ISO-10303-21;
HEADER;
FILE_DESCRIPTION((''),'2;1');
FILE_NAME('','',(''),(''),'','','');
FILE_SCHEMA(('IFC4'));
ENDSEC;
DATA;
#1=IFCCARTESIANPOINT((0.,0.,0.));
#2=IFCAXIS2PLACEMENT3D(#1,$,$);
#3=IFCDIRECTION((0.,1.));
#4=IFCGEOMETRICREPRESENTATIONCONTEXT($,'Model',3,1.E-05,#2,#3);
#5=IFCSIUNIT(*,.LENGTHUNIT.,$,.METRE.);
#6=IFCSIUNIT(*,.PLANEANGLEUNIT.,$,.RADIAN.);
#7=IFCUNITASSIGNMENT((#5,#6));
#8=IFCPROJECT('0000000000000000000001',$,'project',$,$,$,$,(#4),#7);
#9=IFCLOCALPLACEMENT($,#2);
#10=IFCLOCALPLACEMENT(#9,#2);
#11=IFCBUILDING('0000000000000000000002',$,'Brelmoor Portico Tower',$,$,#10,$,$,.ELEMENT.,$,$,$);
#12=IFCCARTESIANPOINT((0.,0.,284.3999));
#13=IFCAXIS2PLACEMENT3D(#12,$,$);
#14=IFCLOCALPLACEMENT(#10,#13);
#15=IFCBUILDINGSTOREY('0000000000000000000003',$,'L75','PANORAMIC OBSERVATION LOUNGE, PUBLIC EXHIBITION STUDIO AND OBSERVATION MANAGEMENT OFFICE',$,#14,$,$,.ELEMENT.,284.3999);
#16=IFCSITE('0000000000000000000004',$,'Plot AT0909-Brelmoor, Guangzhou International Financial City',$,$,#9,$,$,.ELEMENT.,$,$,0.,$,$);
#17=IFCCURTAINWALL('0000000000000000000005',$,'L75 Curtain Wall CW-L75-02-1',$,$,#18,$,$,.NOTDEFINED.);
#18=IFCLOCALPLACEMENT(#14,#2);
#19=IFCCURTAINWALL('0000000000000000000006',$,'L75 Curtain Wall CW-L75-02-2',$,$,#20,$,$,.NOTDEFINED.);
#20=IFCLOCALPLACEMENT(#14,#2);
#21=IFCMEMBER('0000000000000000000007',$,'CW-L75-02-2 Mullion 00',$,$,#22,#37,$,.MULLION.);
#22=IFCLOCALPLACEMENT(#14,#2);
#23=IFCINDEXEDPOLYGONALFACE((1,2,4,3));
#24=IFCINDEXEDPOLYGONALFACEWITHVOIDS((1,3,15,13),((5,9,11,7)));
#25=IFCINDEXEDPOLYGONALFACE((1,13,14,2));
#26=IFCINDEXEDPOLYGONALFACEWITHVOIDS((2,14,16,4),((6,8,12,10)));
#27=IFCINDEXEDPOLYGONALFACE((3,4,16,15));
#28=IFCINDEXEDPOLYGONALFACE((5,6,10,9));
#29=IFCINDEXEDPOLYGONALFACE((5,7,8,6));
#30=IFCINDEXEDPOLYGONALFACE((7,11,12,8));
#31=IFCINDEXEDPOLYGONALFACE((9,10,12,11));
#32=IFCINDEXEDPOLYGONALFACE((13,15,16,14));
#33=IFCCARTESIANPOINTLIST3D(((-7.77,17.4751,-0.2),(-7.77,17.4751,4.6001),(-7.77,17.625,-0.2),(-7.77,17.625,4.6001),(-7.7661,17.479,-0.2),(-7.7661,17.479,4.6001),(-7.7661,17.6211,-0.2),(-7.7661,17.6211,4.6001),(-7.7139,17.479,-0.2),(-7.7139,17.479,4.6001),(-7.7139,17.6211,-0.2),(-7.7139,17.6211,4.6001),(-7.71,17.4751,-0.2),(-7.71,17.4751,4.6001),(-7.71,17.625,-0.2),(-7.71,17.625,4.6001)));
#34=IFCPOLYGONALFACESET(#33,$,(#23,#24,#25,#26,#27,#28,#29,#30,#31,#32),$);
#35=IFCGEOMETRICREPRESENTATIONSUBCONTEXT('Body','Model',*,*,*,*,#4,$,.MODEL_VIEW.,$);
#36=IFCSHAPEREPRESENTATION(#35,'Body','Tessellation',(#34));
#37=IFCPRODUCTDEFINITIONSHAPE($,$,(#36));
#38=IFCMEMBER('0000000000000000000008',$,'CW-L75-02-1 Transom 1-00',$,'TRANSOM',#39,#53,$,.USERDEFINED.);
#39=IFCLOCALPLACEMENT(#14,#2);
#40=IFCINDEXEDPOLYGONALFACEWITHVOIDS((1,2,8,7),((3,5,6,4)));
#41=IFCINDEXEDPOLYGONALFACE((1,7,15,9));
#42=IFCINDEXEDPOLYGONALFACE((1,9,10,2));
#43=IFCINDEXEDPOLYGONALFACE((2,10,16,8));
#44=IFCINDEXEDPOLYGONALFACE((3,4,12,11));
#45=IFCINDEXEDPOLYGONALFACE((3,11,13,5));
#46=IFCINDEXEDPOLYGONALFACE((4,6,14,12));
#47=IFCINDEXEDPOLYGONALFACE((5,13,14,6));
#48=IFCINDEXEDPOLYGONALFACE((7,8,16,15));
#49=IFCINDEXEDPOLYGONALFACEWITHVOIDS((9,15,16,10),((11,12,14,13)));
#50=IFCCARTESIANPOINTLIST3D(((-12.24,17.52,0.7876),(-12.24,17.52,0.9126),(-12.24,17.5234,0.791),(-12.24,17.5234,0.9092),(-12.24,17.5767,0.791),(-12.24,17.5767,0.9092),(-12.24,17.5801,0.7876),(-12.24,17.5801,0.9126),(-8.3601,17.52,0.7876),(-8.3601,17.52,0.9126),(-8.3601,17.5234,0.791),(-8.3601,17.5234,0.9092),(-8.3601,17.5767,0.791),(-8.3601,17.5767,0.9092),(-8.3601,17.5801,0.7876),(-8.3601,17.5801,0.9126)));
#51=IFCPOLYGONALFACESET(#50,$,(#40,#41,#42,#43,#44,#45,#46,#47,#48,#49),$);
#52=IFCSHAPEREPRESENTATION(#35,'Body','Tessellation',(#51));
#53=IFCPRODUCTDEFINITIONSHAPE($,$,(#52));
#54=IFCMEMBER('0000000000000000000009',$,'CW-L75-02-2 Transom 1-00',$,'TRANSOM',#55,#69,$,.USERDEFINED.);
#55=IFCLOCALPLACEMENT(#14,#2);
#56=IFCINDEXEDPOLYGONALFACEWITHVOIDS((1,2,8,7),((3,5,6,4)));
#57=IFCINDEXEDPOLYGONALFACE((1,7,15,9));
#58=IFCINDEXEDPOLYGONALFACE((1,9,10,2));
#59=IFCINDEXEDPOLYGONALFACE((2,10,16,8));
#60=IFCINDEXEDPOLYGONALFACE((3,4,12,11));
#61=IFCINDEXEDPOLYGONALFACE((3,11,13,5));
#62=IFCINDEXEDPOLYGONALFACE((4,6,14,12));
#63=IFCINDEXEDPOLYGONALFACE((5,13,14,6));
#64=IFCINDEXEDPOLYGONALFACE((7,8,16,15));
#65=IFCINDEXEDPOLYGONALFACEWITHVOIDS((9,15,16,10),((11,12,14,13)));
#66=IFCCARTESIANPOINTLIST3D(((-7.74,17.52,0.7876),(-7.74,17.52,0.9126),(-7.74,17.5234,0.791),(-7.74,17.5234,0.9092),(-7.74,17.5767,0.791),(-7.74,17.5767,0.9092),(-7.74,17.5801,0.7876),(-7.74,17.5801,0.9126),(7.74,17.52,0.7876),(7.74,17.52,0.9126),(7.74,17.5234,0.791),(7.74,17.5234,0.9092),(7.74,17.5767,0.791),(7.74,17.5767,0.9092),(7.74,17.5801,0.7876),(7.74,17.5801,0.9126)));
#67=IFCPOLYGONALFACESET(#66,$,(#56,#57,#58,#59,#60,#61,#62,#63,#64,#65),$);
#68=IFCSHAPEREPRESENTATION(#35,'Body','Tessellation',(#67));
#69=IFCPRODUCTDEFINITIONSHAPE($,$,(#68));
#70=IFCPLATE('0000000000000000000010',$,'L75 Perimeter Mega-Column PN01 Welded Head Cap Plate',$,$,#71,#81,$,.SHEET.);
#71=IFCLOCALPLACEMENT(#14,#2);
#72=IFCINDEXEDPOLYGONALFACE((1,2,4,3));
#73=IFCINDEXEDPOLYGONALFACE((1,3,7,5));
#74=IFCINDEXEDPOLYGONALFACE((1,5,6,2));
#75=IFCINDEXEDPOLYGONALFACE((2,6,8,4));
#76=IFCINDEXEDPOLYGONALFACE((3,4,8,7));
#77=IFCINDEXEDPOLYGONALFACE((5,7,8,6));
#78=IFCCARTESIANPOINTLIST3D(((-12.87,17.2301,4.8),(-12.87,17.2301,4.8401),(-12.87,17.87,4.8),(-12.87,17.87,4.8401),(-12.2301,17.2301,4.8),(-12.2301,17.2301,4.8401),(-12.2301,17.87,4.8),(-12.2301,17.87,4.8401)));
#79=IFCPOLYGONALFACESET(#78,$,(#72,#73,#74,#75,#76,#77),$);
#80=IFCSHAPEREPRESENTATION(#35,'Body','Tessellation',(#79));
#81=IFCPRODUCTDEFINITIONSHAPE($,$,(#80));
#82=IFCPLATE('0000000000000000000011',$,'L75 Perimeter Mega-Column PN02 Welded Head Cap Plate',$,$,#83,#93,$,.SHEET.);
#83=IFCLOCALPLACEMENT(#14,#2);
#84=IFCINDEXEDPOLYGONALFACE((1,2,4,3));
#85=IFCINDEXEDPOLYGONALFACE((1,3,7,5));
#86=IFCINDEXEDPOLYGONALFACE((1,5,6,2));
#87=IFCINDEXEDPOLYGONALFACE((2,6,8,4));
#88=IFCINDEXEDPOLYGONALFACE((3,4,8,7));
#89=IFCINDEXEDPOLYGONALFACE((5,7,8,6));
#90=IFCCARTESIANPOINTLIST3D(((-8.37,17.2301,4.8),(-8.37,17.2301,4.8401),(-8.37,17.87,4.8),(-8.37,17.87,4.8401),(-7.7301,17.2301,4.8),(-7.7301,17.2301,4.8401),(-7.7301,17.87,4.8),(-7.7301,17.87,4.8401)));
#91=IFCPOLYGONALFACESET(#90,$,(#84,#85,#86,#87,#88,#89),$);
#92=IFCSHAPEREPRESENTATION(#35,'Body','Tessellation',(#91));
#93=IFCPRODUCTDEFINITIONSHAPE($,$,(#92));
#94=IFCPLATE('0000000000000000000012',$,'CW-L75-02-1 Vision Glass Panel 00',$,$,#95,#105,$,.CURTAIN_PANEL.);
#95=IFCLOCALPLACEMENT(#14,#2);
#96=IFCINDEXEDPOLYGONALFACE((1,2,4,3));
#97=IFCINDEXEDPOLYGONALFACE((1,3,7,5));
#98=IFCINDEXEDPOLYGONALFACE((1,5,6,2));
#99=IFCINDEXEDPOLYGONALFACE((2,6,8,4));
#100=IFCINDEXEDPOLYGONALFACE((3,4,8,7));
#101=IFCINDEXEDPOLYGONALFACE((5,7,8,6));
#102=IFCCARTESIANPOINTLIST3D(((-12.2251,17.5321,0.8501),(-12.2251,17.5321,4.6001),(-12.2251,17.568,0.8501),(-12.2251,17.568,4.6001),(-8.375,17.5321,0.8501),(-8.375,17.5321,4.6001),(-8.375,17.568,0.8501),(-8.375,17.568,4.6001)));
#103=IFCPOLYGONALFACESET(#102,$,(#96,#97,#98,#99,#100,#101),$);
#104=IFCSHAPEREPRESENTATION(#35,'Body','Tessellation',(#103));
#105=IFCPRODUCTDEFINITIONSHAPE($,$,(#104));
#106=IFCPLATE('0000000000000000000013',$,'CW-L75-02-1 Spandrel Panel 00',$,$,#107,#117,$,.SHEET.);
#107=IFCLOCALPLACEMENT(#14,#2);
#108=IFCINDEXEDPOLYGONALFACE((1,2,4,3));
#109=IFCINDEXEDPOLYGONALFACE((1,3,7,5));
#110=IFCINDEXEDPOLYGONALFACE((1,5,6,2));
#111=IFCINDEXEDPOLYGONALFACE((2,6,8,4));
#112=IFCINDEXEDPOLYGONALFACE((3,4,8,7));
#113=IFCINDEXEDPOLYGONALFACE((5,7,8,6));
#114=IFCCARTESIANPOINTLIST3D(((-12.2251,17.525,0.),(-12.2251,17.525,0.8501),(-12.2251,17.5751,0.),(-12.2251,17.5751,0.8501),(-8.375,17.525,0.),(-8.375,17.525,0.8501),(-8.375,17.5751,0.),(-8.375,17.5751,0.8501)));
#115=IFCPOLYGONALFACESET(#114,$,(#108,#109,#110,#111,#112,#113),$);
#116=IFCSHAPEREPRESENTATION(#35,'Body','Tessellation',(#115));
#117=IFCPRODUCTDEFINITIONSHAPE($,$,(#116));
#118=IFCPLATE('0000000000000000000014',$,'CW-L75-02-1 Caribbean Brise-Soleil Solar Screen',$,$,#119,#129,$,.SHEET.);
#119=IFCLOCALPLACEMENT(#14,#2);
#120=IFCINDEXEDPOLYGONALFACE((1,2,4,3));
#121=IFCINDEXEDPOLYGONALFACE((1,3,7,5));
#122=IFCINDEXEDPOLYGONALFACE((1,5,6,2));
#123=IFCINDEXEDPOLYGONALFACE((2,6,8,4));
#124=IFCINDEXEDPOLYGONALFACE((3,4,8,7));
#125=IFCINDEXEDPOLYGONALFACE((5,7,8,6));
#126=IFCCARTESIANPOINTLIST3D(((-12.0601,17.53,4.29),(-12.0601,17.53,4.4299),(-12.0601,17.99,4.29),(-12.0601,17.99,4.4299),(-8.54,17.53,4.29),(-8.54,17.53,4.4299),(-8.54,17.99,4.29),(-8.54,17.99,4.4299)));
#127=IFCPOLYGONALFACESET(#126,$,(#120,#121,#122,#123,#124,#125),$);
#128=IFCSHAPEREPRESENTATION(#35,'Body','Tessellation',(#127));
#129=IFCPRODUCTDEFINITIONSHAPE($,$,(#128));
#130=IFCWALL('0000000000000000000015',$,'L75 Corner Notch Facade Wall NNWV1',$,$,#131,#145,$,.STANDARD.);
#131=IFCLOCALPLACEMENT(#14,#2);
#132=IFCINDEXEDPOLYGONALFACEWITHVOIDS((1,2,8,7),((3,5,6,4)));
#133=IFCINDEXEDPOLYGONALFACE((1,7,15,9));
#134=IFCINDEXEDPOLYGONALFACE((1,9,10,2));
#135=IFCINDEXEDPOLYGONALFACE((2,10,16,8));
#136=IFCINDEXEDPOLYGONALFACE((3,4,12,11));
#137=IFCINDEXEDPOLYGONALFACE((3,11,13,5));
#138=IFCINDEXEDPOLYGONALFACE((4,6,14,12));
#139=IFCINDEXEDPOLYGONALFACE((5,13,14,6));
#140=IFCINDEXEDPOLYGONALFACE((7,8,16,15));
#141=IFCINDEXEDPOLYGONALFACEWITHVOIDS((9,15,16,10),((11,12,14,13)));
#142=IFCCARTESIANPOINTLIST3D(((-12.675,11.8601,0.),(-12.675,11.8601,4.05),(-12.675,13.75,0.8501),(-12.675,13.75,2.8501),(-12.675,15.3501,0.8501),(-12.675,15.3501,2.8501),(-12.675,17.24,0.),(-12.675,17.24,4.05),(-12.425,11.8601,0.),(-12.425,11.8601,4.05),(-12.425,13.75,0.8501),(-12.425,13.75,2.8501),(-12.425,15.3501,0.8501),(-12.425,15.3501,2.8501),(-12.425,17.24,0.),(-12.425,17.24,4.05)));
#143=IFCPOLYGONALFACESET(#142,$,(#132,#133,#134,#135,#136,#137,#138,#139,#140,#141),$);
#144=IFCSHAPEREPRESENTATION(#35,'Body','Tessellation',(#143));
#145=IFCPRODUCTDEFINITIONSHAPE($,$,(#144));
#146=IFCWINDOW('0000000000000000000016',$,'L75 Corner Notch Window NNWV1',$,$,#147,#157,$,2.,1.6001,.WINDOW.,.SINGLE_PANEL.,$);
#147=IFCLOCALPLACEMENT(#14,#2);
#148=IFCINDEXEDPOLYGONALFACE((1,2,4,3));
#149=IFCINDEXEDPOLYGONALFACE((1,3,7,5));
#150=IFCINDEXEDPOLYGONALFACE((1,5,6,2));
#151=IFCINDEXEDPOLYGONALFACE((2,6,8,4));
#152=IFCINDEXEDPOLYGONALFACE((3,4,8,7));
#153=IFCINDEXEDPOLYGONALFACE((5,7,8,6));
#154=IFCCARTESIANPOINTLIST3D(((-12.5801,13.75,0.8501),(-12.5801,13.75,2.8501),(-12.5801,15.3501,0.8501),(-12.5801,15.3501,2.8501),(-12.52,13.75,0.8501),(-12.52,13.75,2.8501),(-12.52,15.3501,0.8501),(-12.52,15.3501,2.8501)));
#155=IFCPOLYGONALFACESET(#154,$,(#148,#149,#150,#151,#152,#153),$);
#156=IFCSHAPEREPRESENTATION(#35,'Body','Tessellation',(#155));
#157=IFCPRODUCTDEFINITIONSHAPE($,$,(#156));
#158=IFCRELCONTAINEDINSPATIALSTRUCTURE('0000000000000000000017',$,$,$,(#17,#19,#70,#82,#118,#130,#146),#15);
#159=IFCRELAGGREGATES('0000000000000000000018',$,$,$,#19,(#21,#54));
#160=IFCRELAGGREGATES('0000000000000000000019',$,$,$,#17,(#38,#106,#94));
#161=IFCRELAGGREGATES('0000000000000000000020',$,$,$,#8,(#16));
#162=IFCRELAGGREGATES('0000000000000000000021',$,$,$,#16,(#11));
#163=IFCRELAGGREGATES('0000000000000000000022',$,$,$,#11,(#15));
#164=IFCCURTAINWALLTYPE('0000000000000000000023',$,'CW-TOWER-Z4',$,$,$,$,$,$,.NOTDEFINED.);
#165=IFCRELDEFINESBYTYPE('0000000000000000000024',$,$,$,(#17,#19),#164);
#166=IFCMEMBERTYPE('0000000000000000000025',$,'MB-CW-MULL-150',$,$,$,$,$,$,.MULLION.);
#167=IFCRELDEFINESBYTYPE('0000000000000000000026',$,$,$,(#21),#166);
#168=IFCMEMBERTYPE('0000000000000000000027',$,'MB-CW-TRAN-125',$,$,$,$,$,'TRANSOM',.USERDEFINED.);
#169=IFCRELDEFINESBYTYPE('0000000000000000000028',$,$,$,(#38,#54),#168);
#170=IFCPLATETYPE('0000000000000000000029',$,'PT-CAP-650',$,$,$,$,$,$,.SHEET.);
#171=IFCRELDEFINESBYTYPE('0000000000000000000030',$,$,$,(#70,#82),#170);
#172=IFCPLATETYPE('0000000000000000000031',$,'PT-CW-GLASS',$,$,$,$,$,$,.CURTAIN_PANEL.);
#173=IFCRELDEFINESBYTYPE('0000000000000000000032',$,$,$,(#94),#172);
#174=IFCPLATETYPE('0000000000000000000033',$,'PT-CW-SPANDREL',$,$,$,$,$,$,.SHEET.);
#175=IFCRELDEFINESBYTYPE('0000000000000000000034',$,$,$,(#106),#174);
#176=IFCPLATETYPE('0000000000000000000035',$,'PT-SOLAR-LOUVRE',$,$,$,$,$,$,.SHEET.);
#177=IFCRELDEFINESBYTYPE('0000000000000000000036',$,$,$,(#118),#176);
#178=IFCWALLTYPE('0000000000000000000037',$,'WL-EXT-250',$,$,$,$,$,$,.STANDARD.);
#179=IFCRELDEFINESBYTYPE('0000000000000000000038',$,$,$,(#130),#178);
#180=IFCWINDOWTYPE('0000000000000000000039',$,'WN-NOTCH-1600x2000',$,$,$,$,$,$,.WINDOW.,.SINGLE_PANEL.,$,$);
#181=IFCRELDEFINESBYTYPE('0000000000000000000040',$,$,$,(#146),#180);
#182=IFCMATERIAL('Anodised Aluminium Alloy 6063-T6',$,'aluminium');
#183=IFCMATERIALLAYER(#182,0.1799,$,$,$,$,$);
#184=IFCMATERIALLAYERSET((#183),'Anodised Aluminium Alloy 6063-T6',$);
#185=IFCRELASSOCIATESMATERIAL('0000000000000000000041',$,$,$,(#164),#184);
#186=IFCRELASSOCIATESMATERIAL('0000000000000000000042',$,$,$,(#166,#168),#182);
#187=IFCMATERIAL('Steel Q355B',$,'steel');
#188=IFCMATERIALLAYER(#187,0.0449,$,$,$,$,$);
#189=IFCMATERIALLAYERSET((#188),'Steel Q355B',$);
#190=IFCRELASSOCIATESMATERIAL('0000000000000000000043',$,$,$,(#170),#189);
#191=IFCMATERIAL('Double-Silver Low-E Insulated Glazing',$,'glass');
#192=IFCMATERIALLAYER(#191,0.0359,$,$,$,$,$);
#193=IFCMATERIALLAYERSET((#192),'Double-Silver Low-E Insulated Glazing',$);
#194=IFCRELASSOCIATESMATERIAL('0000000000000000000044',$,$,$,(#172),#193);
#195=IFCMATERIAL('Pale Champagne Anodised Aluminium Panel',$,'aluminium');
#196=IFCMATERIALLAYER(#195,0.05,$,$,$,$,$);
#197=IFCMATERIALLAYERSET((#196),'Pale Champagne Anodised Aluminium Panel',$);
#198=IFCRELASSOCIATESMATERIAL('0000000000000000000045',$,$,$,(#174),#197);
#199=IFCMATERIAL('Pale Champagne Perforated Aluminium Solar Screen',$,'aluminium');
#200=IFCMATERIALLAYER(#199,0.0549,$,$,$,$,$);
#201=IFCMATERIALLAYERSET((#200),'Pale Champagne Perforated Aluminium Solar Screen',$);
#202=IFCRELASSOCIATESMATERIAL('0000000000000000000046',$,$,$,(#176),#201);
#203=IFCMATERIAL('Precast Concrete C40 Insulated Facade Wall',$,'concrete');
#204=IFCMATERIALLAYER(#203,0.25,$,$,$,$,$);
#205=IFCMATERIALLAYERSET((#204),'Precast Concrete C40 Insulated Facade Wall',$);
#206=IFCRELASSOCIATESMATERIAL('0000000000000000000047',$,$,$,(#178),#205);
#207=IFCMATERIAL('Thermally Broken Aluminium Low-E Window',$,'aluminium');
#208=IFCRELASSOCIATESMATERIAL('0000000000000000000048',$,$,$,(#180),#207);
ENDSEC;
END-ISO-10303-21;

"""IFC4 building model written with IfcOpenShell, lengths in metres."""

from ifc_helpers import new_model, si_unit, direction, frame, frame_2d, origin, origin_2d, place, context, subcontext, project, spatial, rectangle, hollow_rectangle, extrude, material, layer, layer_set, material_profile, profile_set, type_object, element, fill, aggregate, save


model = new_model("IFC4")

# Units and contexts
model_context = context("Model", 3, precision=1e-05, world=origin(), true_north=direction((0.0, 1.0)))
body_context = subcontext(model_context, "Body", "Model", "MODEL_VIEW")
ifc_project = project(units=[si_unit("LENGTHUNIT", "METRE"), si_unit("PLANEANGLEUNIT", "RADIAN")], contexts=[model_context])

# Site, building, storey
site_placement = place(None, origin())
site = spatial("IfcSite", under=ifc_project, at=site_placement, Name="Plot AT0909-Brelmoor, Guangzhou International Financial City", CompositionType="ELEMENT", RefElevation=0.0)
building_placement = place(site_placement, origin())
building = spatial("IfcBuilding", under=site, at=building_placement, Name="Brelmoor Portico Tower", CompositionType="ELEMENT")
storey_placement = place(building_placement, frame((0.0, 0.0, 284.3999)))
storey = spatial("IfcBuildingStorey", under=building, at=storey_placement, Name="L75", Description="PANORAMIC OBSERVATION LOUNGE, PUBLIC EXHIBITION STUDIO AND OBSERVATION MANAGEMENT OFFICE", CompositionType="ELEMENT", Elevation=284.3999)

# Shared definitions
ifc_material_1 = material(Name="Steel Q355B", Category="steel")

# Curtain wall
ifc_material_2 = material(Name="Anodised Aluminium Alloy 6063-T6", Category="aluminium")
ifc_layer_1 = layer(ifc_material_2, 0.1799)
ifc_layer_set_1 = layer_set([ifc_layer_1], Name="Anodised Aluminium Alloy 6063-T6")
curtain_wall_type = type_object("IfcCurtainWallType", Name="CW-TOWER-Z4", PredefinedType="NOTDEFINED", material=ifc_layer_set_1)
curtain_wall_1_placement = place(storey_placement, origin())
curtain_wall_1 = element("IfcCurtainWall", 1, at=curtain_wall_1_placement, inside=storey, type_object=curtain_wall_type, Name="L75 Curtain Wall CW-L75-02-1", PredefinedType="NOTDEFINED")
ifc_material_profile_1 = material_profile(ifc_material_2, hollow_rectangle(XDim=0.0601, YDim=0.1499, WallThickness=0.0039, at=origin_2d()), Name="ALU MULLION 60x150")
ifc_profile_set_1 = profile_set([ifc_material_profile_1], Name="Anodised Aluminium Alloy 6063-T6")
member_type_1 = type_object("IfcMemberType", Name="MB-CW-MULL-150", PredefinedType="MULLION", material=ifc_profile_set_1)

# Curtain wall, member
curtain_wall_2_placement = place(storey_placement, origin())
curtain_wall_2 = element("IfcCurtainWall", 2, at=curtain_wall_2_placement, inside=storey, type_object=curtain_wall_type, Name="L75 Curtain Wall CW-L75-02-2", PredefinedType="NOTDEFINED")
member_1_placement = place(storey_placement, frame((-7.74, 17.55, -0.2), z_axis=(0.0, 0.0, 1.0), x_axis=(1.0, 0.0, 0.0)))
member_1 = element("IfcMember", 3, at=member_1_placement, type_object=member_type_1, Name="CW-L75-02-2 Mullion 00", PredefinedType="MULLION", context=body_context, shape_type="SweptSolid", body=[
    extrude(hollow_rectangle(XDim=0.0601, YDim=0.1499, WallThickness=0.0039, at=origin_2d()), origin(), (0.0, 0.0, 1.0), 4.8),
])

# Members
ifc_material_profile_2 = material_profile(ifc_material_2, hollow_rectangle(XDim=0.0601, YDim=0.125, WallThickness=0.0034, at=origin_2d()), Name="ALU TRANSOM 60x125")
ifc_profile_set_2 = profile_set([ifc_material_profile_2], Name="Anodised Aluminium Alloy 6063-T6")
member_type_2 = type_object("IfcMemberType", Name="MB-CW-TRAN-125", ElementType="TRANSOM", PredefinedType="USERDEFINED", material=ifc_profile_set_2)
member_2_placement = place(storey_placement, frame((-12.24, 17.55, 0.8501), z_axis=(1.0, 0.0, 0.0), x_axis=(0.0, 1.0, 0.0)))
member_2 = element("IfcMember", 4, at=member_2_placement, type_object=member_type_2, Name="CW-L75-02-1 Transom 1-00", ObjectType="TRANSOM", PredefinedType="USERDEFINED", context=body_context, shape_type="SweptSolid", body=[
    extrude(hollow_rectangle(XDim=0.0601, YDim=0.125, WallThickness=0.0034, at=origin_2d()), origin(), (0.0, 0.0, 1.0), 3.8799),
])
member_3_placement = place(storey_placement, frame((-7.74, 17.55, 0.8501), z_axis=(1.0, 0.0, 0.0), x_axis=(0.0, 1.0, 0.0)))
member_3 = element("IfcMember", 5, at=member_3_placement, type_object=member_type_2, Name="CW-L75-02-2 Transom 1-00", ObjectType="TRANSOM", PredefinedType="USERDEFINED", context=body_context, shape_type="SweptSolid", body=[
    extrude(hollow_rectangle(XDim=0.0601, YDim=0.125, WallThickness=0.0034, at=origin_2d()), origin(), (0.0, 0.0, 1.0), 15.48),
])
aggregate(curtain_wall_2, [member_1, member_3])

# Plates
ifc_layer_2 = layer(ifc_material_1, 0.0449)
ifc_layer_set_2 = layer_set([ifc_layer_2], Name="Steel Q355B")
plate_type_1 = type_object("IfcPlateType", Name="PT-CAP-650", PredefinedType="SHEET", material=ifc_layer_set_2)
for number, where, z_axis, x_axis, name in (
    (6, (-12.55, 17.55, 4.8), (0.0, 0.0, 1.0), (1.0, 0.0, 0.0), "L75 Perimeter Mega-Column PN01 Welded Head Cap Plate"),
    (7, (-8.05, 17.55, 4.8), (0.0, 0.0, 1.0), (1.0, 0.0, 0.0), "L75 Perimeter Mega-Column PN02 Welded Head Cap Plate"),
):
    element("IfcPlate", number, at=place(storey_placement, frame(where, z_axis=z_axis, x_axis=x_axis)), inside=storey, type_object=plate_type_1, Name=name, PredefinedType="SHEET", context=body_context, shape_type="SweptSolid", body=[
        extrude(rectangle(XDim=0.6399, YDim=0.6399, at=origin_2d()), origin(), (0.0, 0.0, 1.0), 0.04),
    ])

# Plates
ifc_material_3 = material(Name="Double-Silver Low-E Insulated Glazing", Category="glass")
ifc_layer_3 = layer(ifc_material_3, 0.0359)
ifc_layer_set_3 = layer_set([ifc_layer_3], Name="Double-Silver Low-E Insulated Glazing")
plate_type_2 = type_object("IfcPlateType", Name="PT-CW-GLASS", PredefinedType="CURTAIN_PANEL", material=ifc_layer_set_3)
plate_1_placement = place(storey_placement, frame((-10.3, 17.55, 0.8501), z_axis=(0.0, 0.0, 1.0), x_axis=(1.0, 0.0, 0.0)))
plate_1 = element("IfcPlate", 8, at=plate_1_placement, type_object=plate_type_2, Name="CW-L75-02-1 Vision Glass Panel 00", PredefinedType="CURTAIN_PANEL", context=body_context, shape_type="SweptSolid", body=[
    extrude(rectangle(XDim=3.8501, YDim=0.0359, at=origin_2d()), origin(), (0.0, 0.0, 1.0), 3.75),
])
ifc_material_4 = material(Name="Pale Champagne Anodised Aluminium Panel", Category="aluminium")
ifc_layer_4 = layer(ifc_material_4, 0.05)
ifc_layer_set_4 = layer_set([ifc_layer_4], Name="Pale Champagne Anodised Aluminium Panel")
plate_type_3 = type_object("IfcPlateType", Name="PT-CW-SPANDREL", PredefinedType="SHEET", material=ifc_layer_set_4)
plate_2_placement = place(storey_placement, frame((-10.3, 17.55, 0.0), z_axis=(0.0, 0.0, 1.0), x_axis=(1.0, 0.0, 0.0)))
plate_2 = element("IfcPlate", 9, at=plate_2_placement, type_object=plate_type_3, Name="CW-L75-02-1 Spandrel Panel 00", PredefinedType="SHEET", context=body_context, shape_type="SweptSolid", body=[
    extrude(rectangle(XDim=3.8501, YDim=0.05, at=origin_2d()), origin(), (0.0, 0.0, 1.0), 0.8501),
])
aggregate(curtain_wall_1, [member_2, plate_2, plate_1])
ifc_material_5 = material(Name="Pale Champagne Perforated Aluminium Solar Screen", Category="aluminium")
ifc_layer_5 = layer(ifc_material_5, 0.0549)
ifc_layer_set_5 = layer_set([ifc_layer_5], Name="Pale Champagne Perforated Aluminium Solar Screen")
plate_type_4 = type_object("IfcPlateType", Name="PT-SOLAR-LOUVRE", PredefinedType="SHEET", material=ifc_layer_set_5)
plate_3_placement = place(storey_placement, frame((-10.3, 17.76, 4.29), z_axis=(0.0, 0.0, 1.0), x_axis=(1.0, 0.0, 0.0)))
element("IfcPlate", 10, at=plate_3_placement, inside=storey, type_object=plate_type_4, Name="CW-L75-02-1 Caribbean Brise-Soleil Solar Screen", PredefinedType="SHEET", context=body_context, shape_type="SweptSolid", body=[
    extrude(rectangle(XDim=3.52, YDim=0.46, at=origin_2d()), origin(), (0.0, 0.0, 1.0), 0.1399),
])

# Wall, opening, window
ifc_material_6 = material(Name="Precast Concrete C40 Insulated Facade Wall", Category="concrete")
ifc_layer_6 = layer(ifc_material_6, 0.25)
ifc_layer_set_6 = layer_set([ifc_layer_6], Name="Precast Concrete C40 Insulated Facade Wall")
wall_type_1 = type_object("IfcWallType", Name="WL-EXT-250", PredefinedType="STANDARD", material=ifc_layer_set_6)
wall_1_placement = place(storey_placement, frame((-12.55, 11.8601, 0.0), z_axis=(0.0, 0.0, 1.0), x_axis=(0.0, 1.0, 0.0)))
wall_1 = element("IfcWall", 11, at=wall_1_placement, inside=storey, type_object=wall_type_1, Name="L75 Corner Notch Facade Wall NNWV1", PredefinedType="STANDARD", context=body_context, shape_type="SweptSolid", body=[
    extrude(rectangle(XDim=5.3799, YDim=0.25, at=frame_2d((2.6899, 0.0))), origin(), (0.0, 0.0, 1.0), 4.05),
])
opening_1_placement = place(wall_1_placement, frame((1.8899, 0.0, 0.8501)))
opening_1 = element("IfcOpeningElement", 12, at=opening_1_placement, cuts=wall_1, PredefinedType="OPENING", context=body_context, shape_type="SweptSolid", body=[
    extrude(rectangle(XDim=1.6001, YDim=2.0, at=frame_2d((0.8, 1.0))), frame((0.0, 0.135, 0.0), z_axis=(0.0, -1.0, 0.0), x_axis=(1.0, 0.0, 0.0)), (0.0, 0.0, 1.0), 0.27),
])
ifc_material_7 = material(Name="Thermally Broken Aluminium Low-E Window", Category="aluminium")
window_type = type_object("IfcWindowType", Name="WN-NOTCH-1600x2000", PartitioningType="SINGLE_PANEL", PredefinedType="WINDOW", material=ifc_material_7)
window_placement = place(opening_1_placement, origin())
window = element("IfcWindow", 13, at=window_placement, inside=storey, type_object=window_type, Name="L75 Corner Notch Window NNWV1", OverallHeight=2.0, OverallWidth=1.6001, PartitioningType="SINGLE_PANEL", PredefinedType="WINDOW", context=body_context, shape_type="SweptSolid", body=[
    extrude(rectangle(XDim=1.6001, YDim=2.0, at=frame_2d((0.8, 1.0))), frame((0.0, 0.03, 0.0), z_axis=(0.0, -1.0, 0.0), x_axis=(1.0, 0.0, 0.0)), (0.0, 0.0, 1.0), 0.0601),
])
fill(opening_1, window)

save(model, "model.ifc")
